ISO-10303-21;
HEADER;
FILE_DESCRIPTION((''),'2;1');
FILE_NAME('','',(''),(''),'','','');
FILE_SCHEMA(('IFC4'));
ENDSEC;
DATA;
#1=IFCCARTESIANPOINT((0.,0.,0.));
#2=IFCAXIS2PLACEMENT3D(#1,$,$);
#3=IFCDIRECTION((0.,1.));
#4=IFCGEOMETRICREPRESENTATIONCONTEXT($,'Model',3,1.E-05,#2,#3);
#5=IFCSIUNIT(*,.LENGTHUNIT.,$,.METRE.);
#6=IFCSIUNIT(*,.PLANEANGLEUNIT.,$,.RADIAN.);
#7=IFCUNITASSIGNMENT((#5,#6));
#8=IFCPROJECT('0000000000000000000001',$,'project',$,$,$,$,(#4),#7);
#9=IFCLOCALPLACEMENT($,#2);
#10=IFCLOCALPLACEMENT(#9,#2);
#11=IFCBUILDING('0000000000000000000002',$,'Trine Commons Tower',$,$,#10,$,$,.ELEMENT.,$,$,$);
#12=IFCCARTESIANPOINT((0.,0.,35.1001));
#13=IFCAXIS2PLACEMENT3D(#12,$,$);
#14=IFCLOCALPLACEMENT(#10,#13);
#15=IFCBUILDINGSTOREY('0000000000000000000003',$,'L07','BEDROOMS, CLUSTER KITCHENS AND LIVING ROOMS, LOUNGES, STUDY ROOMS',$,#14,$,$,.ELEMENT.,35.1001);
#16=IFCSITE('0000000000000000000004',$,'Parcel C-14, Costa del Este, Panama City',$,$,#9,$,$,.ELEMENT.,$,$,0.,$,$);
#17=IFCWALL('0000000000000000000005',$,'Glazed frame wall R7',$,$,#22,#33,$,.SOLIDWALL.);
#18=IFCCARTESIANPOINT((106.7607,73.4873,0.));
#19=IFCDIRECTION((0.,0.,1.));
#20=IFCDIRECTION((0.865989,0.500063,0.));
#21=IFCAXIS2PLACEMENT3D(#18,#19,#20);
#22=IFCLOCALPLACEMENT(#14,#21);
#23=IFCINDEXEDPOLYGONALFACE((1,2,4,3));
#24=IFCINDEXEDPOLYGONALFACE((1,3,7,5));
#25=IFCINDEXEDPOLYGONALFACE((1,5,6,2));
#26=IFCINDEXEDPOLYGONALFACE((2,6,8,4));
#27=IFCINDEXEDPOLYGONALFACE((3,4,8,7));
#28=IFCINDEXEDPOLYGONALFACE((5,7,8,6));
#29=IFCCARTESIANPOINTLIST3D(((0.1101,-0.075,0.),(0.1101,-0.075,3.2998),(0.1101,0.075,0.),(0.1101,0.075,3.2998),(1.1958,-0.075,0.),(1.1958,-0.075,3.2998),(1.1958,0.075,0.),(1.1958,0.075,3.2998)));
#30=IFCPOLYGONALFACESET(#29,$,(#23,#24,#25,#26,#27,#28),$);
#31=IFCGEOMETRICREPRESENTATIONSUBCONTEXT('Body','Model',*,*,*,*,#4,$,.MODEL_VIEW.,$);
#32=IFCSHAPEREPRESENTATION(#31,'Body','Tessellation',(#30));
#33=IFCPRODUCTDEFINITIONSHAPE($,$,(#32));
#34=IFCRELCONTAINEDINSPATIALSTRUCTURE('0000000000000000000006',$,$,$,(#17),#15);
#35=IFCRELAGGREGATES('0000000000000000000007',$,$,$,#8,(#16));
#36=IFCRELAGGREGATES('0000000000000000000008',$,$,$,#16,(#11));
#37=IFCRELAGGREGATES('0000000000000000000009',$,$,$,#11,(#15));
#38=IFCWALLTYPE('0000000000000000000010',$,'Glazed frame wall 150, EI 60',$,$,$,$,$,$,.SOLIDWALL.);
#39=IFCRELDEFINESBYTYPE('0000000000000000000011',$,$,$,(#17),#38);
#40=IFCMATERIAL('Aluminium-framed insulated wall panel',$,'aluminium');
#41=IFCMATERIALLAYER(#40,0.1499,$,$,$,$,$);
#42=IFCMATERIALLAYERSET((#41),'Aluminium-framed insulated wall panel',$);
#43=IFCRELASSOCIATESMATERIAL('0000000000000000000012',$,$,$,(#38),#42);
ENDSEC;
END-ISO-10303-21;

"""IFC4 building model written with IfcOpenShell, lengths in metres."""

from ifc_helpers import new_model, si_unit, direction, frame, origin, place, context, subcontext, project, spatial, polyline, outline, extrude, material, layer, layer_set, type_object, element, save


model = new_model("IFC4")

# Units and contexts
model_context = context("Model", 3, precision=1e-05, world=origin(), true_north=direction((0.0, 1.0)))
body_context = subcontext(model_context, "Body", "Model", "MODEL_VIEW")
ifc_project = project(units=[si_unit("LENGTHUNIT", "METRE"), si_unit("PLANEANGLEUNIT", "RADIAN")], contexts=[model_context])

# Site, building, storey
site_placement = place(None, origin())
site = spatial("IfcSite", under=ifc_project, at=site_placement, Name="Parcel C-14, Costa del Este, Panama City", CompositionType="ELEMENT", RefElevation=0.0)
building_placement = place(site_placement, origin())
building = spatial("IfcBuilding", under=site, at=building_placement, Name="Trine Commons Tower", CompositionType="ELEMENT")
storey_placement = place(building_placement, frame((0.0, 0.0, 35.1001)))
storey = spatial("IfcBuildingStorey", under=building, at=storey_placement, Name="L07", Description="BEDROOMS, CLUSTER KITCHENS AND LIVING ROOMS, LOUNGES, STUDY ROOMS", CompositionType="ELEMENT", Elevation=35.1001)

# Wall
ifc_material_1 = material(Name="Aluminium-framed insulated wall panel", Category="aluminium")
ifc_layer_1 = layer(ifc_material_1, 0.1499)
ifc_layer_set_1 = layer_set([ifc_layer_1], Name="Aluminium-framed insulated wall panel")
wall_type_1 = type_object("IfcWallType", Name="Glazed frame wall 150, EI 60", PredefinedType="SOLIDWALL", material=ifc_layer_set_1)
wall_1_placement = place(storey_placement, frame((106.7607, 73.4873, 0.0), z_axis=(0.0, 0.0, 1.0), x_axis=(0.865989, 0.500063, 0.0)))
element("IfcWall", 1, at=wall_1_placement, inside=storey, type_object=wall_type_1, Name="Glazed frame wall R7", PredefinedType="SOLIDWALL", context=body_context, shape_type="SweptSolid", body=[
    extrude(outline(polyline([(0.1101, 0.075), (0.1101, -0.075), (1.1958, -0.075), (1.1958, 0.075), (0.1101, 0.075)])), origin(), (0.0, 0.0, 1.0), 3.2998),
])

save(model, "model.ifc")
